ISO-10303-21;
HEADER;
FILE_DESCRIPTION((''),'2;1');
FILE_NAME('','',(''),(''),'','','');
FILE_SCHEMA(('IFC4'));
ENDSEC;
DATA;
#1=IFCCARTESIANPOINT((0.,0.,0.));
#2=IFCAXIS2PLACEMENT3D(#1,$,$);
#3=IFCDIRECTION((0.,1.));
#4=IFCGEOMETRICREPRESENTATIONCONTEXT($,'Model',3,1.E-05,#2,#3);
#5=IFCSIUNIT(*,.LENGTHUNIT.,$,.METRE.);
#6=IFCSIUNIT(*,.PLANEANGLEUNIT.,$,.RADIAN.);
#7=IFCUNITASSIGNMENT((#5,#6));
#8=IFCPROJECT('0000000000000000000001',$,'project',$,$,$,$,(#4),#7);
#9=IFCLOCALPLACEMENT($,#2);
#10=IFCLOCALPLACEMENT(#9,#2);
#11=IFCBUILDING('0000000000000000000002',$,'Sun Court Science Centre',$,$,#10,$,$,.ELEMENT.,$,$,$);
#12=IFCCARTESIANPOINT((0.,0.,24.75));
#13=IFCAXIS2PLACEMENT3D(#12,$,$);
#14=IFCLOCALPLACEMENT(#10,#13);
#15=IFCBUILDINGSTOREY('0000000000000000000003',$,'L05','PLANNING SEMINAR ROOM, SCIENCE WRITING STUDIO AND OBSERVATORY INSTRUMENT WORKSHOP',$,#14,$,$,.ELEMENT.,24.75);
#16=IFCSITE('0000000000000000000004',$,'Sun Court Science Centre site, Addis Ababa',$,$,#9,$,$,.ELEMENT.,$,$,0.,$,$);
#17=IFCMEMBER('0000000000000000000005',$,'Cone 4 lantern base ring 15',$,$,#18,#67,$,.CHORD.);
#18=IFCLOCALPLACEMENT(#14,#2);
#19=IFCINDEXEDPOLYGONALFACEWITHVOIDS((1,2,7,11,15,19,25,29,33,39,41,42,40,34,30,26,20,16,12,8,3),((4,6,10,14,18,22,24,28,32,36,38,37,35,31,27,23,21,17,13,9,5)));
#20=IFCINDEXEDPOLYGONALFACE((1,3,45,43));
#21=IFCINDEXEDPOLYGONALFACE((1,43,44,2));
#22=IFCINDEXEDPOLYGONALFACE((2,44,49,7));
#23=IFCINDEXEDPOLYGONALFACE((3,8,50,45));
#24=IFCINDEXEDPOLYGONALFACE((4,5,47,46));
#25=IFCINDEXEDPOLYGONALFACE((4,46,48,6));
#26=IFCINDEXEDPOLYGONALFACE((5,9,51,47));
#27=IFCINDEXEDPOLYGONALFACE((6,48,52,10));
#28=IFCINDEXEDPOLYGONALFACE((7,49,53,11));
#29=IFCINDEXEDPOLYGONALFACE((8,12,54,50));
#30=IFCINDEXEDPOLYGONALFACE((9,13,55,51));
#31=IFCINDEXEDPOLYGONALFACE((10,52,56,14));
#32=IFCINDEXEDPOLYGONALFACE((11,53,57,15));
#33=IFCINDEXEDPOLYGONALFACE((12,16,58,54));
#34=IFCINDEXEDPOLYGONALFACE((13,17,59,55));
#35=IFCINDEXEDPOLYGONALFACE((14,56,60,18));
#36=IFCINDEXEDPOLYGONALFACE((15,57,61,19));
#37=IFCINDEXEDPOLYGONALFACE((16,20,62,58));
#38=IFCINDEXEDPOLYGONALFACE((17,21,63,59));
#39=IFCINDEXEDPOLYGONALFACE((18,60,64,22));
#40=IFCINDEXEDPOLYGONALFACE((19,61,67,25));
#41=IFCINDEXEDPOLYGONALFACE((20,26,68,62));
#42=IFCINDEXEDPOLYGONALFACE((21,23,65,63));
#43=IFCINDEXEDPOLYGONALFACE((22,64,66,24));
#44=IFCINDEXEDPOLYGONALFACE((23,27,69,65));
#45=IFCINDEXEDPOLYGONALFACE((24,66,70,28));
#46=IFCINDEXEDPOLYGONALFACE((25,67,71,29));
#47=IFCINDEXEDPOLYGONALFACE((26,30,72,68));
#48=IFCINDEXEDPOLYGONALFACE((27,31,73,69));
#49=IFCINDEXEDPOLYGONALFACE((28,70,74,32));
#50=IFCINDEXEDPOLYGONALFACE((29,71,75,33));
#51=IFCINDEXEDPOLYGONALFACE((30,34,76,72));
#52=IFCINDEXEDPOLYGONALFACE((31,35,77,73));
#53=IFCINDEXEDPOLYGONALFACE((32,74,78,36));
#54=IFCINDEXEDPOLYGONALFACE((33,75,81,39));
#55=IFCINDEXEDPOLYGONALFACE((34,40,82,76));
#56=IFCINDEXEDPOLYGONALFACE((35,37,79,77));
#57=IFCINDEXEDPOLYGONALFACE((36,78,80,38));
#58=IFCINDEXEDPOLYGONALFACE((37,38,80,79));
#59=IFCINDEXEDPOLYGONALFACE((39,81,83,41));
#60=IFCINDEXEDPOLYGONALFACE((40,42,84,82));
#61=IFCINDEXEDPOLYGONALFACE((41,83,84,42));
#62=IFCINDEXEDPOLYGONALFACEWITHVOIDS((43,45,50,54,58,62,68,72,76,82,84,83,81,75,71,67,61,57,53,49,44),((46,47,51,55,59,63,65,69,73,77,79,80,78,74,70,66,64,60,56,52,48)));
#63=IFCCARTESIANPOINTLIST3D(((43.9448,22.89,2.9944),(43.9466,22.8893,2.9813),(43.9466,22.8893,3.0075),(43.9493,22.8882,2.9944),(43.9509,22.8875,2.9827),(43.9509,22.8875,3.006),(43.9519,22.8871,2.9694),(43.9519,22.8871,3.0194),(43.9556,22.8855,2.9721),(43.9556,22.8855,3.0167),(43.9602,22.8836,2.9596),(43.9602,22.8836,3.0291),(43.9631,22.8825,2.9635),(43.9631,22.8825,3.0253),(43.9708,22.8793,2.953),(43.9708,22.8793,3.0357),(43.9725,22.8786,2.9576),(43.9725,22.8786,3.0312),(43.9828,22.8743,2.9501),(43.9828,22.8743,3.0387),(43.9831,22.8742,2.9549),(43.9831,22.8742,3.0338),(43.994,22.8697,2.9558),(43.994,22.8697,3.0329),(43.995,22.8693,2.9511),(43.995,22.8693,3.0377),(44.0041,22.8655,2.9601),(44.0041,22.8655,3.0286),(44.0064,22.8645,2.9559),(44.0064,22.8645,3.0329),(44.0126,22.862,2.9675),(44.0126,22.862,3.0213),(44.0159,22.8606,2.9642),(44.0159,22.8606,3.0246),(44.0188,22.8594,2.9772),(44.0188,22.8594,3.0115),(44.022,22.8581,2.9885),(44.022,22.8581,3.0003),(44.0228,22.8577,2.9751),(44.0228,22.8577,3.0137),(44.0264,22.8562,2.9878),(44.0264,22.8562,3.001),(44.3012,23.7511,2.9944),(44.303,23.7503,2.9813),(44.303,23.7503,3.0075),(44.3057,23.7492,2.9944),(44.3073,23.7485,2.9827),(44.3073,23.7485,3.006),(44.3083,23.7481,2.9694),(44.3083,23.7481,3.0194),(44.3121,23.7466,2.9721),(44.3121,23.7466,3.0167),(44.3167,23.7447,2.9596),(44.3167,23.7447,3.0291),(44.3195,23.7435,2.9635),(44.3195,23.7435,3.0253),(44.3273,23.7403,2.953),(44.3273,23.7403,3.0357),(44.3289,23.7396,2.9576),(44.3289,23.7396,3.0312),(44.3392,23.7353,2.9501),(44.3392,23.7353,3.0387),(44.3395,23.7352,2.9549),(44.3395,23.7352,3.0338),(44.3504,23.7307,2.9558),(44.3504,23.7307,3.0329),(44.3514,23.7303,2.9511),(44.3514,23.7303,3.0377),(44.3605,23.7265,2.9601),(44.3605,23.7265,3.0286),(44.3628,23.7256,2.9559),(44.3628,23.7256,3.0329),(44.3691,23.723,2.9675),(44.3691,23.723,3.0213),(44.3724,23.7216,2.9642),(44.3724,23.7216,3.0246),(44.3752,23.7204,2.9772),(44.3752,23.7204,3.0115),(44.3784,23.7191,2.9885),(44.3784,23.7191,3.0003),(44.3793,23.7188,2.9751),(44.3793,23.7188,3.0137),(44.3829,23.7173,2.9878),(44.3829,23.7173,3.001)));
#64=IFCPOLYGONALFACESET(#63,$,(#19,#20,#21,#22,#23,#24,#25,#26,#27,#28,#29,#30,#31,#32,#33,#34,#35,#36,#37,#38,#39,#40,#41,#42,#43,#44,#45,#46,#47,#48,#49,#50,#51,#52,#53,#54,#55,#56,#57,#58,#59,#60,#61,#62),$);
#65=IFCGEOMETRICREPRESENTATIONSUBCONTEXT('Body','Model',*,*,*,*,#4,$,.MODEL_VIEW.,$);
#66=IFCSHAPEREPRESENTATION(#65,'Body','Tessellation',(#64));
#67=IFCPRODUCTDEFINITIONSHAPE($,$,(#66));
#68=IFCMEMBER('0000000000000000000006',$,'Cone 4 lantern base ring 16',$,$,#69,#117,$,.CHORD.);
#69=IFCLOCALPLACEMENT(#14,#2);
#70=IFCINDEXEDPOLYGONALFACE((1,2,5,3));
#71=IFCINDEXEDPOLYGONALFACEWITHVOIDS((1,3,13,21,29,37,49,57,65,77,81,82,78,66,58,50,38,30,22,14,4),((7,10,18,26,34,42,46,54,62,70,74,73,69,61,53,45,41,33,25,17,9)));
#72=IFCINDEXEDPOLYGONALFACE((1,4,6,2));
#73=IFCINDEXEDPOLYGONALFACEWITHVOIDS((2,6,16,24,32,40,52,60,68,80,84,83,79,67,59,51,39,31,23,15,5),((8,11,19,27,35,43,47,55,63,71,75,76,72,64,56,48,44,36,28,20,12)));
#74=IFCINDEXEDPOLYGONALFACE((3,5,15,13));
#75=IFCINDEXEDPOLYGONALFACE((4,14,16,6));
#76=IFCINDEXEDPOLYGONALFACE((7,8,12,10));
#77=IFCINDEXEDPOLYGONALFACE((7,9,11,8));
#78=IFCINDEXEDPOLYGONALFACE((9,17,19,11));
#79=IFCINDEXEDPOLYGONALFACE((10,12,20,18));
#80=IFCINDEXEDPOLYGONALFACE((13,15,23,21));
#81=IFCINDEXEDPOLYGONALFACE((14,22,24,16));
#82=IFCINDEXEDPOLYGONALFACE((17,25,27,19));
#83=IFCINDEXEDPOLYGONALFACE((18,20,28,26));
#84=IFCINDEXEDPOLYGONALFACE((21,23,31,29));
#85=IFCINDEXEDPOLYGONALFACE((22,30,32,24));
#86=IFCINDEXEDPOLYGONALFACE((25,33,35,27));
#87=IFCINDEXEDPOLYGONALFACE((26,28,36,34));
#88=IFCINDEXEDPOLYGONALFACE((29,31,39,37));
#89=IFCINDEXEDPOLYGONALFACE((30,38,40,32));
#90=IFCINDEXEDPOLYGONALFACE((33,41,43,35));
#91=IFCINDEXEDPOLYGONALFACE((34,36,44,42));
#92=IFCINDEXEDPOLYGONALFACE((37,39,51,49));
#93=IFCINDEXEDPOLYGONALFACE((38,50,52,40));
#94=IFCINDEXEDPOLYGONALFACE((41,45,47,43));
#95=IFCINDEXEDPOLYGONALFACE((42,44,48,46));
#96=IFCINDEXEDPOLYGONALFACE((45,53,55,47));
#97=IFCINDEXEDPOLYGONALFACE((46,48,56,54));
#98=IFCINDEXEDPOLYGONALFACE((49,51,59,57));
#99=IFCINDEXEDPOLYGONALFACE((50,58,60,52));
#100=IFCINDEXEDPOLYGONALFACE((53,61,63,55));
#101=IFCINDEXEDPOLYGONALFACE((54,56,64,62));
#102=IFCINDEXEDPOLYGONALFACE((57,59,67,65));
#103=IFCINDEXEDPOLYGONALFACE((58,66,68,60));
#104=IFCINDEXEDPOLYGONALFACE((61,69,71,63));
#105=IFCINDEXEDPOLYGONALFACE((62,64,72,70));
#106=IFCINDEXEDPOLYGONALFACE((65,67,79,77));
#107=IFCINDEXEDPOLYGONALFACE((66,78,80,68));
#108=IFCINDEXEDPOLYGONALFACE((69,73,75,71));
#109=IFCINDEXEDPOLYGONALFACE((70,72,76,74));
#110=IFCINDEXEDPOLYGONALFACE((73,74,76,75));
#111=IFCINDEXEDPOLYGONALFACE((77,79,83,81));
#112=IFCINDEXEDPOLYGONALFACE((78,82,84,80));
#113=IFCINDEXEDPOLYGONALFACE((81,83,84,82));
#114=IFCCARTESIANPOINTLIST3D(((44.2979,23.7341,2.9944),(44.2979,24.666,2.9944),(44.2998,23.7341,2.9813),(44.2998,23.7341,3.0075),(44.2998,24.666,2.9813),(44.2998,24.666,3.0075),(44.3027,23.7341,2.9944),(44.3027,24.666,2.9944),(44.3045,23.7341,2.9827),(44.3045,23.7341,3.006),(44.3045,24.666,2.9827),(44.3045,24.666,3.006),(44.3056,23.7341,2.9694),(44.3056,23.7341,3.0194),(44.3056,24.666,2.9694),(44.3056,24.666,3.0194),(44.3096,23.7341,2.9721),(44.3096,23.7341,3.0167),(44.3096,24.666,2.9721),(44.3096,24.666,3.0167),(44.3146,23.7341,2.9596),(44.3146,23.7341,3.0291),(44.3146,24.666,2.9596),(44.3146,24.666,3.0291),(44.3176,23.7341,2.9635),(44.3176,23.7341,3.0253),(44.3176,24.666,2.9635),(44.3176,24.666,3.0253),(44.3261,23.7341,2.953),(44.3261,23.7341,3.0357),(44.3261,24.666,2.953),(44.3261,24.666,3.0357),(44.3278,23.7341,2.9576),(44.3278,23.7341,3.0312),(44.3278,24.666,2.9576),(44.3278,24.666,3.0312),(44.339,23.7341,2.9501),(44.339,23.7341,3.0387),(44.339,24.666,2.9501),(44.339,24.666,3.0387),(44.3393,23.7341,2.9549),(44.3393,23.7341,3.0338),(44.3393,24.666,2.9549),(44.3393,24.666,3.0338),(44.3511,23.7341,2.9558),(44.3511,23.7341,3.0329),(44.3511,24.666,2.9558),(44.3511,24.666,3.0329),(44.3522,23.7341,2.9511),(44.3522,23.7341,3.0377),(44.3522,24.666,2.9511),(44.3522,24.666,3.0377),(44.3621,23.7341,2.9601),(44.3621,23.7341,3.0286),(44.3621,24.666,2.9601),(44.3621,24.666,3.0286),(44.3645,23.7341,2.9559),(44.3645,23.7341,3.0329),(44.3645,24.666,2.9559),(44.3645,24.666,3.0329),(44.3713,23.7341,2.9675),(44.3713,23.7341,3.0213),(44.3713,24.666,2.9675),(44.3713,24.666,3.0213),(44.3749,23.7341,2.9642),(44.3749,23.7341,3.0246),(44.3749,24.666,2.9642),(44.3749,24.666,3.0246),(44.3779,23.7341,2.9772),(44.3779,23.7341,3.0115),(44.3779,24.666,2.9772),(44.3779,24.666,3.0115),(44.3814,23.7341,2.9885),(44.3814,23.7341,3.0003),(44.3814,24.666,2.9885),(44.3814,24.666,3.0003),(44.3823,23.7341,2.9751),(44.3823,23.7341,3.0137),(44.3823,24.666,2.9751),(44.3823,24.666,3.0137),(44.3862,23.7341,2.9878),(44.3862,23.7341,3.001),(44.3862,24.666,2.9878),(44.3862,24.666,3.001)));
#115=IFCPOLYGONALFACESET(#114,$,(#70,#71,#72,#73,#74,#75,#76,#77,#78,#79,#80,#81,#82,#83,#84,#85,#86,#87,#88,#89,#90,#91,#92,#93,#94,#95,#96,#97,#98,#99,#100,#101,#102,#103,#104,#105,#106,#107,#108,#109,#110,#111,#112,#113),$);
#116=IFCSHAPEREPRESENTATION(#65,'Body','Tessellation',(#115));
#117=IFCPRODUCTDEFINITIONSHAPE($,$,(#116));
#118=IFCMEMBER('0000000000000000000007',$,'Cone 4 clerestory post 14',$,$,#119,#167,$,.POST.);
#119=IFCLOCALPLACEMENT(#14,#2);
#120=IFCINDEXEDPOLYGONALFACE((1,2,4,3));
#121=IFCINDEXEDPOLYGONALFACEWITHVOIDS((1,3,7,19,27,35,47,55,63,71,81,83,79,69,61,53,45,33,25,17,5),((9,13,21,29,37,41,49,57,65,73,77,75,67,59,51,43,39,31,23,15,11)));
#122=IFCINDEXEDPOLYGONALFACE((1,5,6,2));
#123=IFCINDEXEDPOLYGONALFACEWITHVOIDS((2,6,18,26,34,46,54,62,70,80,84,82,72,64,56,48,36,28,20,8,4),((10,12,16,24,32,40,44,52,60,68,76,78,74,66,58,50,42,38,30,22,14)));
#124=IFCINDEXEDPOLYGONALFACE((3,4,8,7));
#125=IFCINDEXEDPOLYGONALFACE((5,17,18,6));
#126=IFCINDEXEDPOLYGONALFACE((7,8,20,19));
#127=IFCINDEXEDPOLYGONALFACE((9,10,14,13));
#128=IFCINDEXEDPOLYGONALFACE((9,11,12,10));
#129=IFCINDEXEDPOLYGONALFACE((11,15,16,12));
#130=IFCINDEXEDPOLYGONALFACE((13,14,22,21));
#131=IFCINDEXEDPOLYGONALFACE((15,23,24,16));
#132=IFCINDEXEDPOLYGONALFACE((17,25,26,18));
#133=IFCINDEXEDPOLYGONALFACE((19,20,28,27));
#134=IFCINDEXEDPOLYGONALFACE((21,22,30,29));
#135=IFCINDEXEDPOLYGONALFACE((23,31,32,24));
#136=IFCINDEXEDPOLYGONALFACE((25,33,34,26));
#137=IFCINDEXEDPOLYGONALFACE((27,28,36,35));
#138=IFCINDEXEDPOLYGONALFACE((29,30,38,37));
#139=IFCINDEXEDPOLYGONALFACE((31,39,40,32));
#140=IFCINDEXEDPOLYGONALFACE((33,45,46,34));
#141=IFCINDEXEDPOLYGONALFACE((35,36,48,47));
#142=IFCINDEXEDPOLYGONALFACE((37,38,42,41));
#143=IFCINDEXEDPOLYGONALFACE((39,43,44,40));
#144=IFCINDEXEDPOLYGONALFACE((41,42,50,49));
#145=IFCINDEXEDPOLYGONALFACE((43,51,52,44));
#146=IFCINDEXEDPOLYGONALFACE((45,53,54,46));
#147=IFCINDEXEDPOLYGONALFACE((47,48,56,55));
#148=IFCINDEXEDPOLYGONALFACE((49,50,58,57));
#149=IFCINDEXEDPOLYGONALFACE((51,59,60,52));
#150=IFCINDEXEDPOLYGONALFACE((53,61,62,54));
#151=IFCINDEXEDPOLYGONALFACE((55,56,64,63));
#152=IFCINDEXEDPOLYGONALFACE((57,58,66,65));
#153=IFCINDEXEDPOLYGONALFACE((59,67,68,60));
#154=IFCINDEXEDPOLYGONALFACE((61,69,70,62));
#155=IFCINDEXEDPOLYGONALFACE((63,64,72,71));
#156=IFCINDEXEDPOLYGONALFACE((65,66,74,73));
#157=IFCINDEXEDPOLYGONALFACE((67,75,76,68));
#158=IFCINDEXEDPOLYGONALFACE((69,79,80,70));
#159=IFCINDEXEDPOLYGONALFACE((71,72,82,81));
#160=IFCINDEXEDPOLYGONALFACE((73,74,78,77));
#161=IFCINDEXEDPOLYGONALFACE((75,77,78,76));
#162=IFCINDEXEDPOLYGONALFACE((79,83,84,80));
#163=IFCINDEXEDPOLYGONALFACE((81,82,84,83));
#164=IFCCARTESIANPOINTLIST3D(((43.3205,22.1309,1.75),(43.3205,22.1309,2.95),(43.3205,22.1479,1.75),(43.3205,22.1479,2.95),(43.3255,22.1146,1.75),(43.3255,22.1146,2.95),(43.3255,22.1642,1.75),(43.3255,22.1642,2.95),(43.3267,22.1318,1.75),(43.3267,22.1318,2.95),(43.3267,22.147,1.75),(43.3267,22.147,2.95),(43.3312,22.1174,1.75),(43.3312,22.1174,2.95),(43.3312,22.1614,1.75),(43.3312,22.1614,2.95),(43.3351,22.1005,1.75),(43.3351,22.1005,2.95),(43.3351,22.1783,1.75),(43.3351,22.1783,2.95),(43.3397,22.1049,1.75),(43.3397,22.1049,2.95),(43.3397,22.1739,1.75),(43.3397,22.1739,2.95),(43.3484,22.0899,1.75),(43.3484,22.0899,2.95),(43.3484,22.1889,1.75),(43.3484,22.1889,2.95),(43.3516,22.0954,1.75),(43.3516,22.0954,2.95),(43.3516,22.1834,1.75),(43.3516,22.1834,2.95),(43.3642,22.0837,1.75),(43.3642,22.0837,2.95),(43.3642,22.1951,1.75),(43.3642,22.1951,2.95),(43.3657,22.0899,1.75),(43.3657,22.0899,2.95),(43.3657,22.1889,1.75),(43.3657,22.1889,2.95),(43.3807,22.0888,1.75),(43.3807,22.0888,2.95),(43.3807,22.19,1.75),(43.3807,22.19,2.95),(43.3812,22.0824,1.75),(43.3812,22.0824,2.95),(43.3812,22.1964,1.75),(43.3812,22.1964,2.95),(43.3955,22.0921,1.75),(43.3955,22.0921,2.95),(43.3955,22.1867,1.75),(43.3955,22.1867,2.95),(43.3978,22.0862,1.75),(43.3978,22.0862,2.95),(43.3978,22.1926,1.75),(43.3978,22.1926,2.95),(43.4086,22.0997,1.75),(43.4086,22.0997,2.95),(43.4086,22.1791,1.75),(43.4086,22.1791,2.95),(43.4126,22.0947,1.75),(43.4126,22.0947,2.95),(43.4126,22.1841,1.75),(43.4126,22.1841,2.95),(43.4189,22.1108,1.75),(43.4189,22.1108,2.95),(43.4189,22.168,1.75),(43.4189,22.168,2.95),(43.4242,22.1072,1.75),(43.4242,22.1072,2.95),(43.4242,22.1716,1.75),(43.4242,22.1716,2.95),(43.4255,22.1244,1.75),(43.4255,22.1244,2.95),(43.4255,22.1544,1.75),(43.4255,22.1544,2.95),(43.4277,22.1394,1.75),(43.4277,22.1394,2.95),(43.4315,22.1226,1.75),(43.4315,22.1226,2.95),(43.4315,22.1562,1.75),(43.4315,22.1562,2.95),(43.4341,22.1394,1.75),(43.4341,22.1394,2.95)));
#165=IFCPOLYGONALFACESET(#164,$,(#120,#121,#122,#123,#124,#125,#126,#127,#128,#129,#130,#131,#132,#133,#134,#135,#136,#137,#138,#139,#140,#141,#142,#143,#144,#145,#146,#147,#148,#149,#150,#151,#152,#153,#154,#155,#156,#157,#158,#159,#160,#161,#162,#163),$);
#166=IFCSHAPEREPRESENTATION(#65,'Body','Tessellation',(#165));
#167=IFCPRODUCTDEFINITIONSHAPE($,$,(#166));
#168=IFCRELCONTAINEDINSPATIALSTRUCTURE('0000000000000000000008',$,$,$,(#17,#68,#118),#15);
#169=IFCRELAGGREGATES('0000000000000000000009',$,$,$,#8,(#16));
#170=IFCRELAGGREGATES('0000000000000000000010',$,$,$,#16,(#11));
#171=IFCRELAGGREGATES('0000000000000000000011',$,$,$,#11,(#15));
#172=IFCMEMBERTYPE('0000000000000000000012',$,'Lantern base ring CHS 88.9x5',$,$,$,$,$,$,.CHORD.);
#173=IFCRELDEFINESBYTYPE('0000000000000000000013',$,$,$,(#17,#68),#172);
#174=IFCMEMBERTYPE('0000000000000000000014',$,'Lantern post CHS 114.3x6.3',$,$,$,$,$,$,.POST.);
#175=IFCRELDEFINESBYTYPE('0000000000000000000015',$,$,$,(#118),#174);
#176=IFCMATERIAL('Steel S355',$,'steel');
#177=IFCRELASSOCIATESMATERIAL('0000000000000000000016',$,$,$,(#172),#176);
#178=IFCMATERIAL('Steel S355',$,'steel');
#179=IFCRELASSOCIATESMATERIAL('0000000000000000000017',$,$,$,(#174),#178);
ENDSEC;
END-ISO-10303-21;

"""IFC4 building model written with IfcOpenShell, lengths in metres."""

from ifc_helpers import new_model, si_unit, direction, frame, origin, origin_2d, place, context, subcontext, project, spatial, hollow_circle, extrude, material, material_profile, profile_set, type_object, element, save


model = new_model("IFC4")

# Units and contexts
model_context = context("Model", 3, precision=1e-05, world=origin(), true_north=direction((0.0, 1.0)))
body_context = subcontext(model_context, "Body", "Model", "MODEL_VIEW")
ifc_project = project(units=[si_unit("LENGTHUNIT", "METRE"), si_unit("PLANEANGLEUNIT", "RADIAN")], contexts=[model_context])

# Site, building, storey
site_placement = place(None, origin())
site = spatial("IfcSite", under=ifc_project, at=site_placement, Name="Sun Court Science Centre site, Addis Ababa", CompositionType="ELEMENT", RefElevation=0.0)
building_placement = place(site_placement, origin())
building = spatial("IfcBuilding", under=site, at=building_placement, Name="Sun Court Science Centre", CompositionType="ELEMENT")
storey_placement = place(building_placement, frame((0.0, 0.0, 24.75)))
storey = spatial("IfcBuildingStorey", under=building, at=storey_placement, Name="L05", Description="PLANNING SEMINAR ROOM, SCIENCE WRITING STUDIO AND OBSERVATORY INSTRUMENT WORKSHOP", CompositionType="ELEMENT", Elevation=24.75)

# Members
ifc_material_1 = material(Name="Steel S355", Category="steel")
ifc_material_profile_1 = material_profile(ifc_material_1, hollow_circle(Radius=0.0444, WallThickness=0.0049, at=origin_2d()), Name="CHS 88.9x5")
ifc_profile_set_1 = profile_set([ifc_material_profile_1], Name="Steel S355")
member_type_1 = type_object("IfcMemberType", Name="Lantern base ring CHS 88.9x5", PredefinedType="CHORD", material=ifc_profile_set_1)
for number, where, z_axis, x_axis, name in (
    (1, (43.9858, 22.873, 2.9944), (0.382475, 0.923966, 0.0), (-0.923966, 0.382475, 0.0), "Cone 4 lantern base ring 15"),
    (2, (44.3423, 23.7341, 2.9944), (0.0, 1.0, 0.0), (-1.0, 0.0, 0.0), "Cone 4 lantern base ring 16"),
):
    element("IfcMember", number, at=place(storey_placement, frame(where, z_axis=z_axis, x_axis=x_axis)), inside=storey, type_object=member_type_1, Name=name, PredefinedType="CHORD", context=body_context, shape_type="SweptSolid", body=[
        extrude(hollow_circle(Radius=0.0444, WallThickness=0.0049, at=origin_2d()), origin(), (0.0, 0.0, 1.0), 0.9319),
    ])
ifc_material_2 = material(Name="Steel S355", Category="steel")
ifc_material_profile_2 = material_profile(ifc_material_2, hollow_circle(Radius=0.0571, WallThickness=0.0063, at=origin_2d()), Name="CHS 114.3x6.3")
ifc_profile_set_2 = profile_set([ifc_material_profile_2], Name="Steel S355")
member_type_2 = type_object("IfcMemberType", Name="Lantern post CHS 114.3x6.3", PredefinedType="POST", material=ifc_profile_set_2)
for number, where, z_axis, x_axis, name in (
    (3, (43.377, 22.1394, 1.75), (0.0, 0.0, 1.0), (1.0, 0.0, 0.0), "Cone 4 clerestory post 14"),
):
    element("IfcMember", number, at=place(storey_placement, frame(where, z_axis=z_axis, x_axis=x_axis)), inside=storey, type_object=member_type_2, Name=name, PredefinedType="POST", context=body_context, shape_type="SweptSolid", body=[
        extrude(hollow_circle(Radius=0.0571, WallThickness=0.0063, at=origin_2d()), origin(), (0.0, 0.0, 1.0), 1.2),
    ])

save(model, "model.ifc")
